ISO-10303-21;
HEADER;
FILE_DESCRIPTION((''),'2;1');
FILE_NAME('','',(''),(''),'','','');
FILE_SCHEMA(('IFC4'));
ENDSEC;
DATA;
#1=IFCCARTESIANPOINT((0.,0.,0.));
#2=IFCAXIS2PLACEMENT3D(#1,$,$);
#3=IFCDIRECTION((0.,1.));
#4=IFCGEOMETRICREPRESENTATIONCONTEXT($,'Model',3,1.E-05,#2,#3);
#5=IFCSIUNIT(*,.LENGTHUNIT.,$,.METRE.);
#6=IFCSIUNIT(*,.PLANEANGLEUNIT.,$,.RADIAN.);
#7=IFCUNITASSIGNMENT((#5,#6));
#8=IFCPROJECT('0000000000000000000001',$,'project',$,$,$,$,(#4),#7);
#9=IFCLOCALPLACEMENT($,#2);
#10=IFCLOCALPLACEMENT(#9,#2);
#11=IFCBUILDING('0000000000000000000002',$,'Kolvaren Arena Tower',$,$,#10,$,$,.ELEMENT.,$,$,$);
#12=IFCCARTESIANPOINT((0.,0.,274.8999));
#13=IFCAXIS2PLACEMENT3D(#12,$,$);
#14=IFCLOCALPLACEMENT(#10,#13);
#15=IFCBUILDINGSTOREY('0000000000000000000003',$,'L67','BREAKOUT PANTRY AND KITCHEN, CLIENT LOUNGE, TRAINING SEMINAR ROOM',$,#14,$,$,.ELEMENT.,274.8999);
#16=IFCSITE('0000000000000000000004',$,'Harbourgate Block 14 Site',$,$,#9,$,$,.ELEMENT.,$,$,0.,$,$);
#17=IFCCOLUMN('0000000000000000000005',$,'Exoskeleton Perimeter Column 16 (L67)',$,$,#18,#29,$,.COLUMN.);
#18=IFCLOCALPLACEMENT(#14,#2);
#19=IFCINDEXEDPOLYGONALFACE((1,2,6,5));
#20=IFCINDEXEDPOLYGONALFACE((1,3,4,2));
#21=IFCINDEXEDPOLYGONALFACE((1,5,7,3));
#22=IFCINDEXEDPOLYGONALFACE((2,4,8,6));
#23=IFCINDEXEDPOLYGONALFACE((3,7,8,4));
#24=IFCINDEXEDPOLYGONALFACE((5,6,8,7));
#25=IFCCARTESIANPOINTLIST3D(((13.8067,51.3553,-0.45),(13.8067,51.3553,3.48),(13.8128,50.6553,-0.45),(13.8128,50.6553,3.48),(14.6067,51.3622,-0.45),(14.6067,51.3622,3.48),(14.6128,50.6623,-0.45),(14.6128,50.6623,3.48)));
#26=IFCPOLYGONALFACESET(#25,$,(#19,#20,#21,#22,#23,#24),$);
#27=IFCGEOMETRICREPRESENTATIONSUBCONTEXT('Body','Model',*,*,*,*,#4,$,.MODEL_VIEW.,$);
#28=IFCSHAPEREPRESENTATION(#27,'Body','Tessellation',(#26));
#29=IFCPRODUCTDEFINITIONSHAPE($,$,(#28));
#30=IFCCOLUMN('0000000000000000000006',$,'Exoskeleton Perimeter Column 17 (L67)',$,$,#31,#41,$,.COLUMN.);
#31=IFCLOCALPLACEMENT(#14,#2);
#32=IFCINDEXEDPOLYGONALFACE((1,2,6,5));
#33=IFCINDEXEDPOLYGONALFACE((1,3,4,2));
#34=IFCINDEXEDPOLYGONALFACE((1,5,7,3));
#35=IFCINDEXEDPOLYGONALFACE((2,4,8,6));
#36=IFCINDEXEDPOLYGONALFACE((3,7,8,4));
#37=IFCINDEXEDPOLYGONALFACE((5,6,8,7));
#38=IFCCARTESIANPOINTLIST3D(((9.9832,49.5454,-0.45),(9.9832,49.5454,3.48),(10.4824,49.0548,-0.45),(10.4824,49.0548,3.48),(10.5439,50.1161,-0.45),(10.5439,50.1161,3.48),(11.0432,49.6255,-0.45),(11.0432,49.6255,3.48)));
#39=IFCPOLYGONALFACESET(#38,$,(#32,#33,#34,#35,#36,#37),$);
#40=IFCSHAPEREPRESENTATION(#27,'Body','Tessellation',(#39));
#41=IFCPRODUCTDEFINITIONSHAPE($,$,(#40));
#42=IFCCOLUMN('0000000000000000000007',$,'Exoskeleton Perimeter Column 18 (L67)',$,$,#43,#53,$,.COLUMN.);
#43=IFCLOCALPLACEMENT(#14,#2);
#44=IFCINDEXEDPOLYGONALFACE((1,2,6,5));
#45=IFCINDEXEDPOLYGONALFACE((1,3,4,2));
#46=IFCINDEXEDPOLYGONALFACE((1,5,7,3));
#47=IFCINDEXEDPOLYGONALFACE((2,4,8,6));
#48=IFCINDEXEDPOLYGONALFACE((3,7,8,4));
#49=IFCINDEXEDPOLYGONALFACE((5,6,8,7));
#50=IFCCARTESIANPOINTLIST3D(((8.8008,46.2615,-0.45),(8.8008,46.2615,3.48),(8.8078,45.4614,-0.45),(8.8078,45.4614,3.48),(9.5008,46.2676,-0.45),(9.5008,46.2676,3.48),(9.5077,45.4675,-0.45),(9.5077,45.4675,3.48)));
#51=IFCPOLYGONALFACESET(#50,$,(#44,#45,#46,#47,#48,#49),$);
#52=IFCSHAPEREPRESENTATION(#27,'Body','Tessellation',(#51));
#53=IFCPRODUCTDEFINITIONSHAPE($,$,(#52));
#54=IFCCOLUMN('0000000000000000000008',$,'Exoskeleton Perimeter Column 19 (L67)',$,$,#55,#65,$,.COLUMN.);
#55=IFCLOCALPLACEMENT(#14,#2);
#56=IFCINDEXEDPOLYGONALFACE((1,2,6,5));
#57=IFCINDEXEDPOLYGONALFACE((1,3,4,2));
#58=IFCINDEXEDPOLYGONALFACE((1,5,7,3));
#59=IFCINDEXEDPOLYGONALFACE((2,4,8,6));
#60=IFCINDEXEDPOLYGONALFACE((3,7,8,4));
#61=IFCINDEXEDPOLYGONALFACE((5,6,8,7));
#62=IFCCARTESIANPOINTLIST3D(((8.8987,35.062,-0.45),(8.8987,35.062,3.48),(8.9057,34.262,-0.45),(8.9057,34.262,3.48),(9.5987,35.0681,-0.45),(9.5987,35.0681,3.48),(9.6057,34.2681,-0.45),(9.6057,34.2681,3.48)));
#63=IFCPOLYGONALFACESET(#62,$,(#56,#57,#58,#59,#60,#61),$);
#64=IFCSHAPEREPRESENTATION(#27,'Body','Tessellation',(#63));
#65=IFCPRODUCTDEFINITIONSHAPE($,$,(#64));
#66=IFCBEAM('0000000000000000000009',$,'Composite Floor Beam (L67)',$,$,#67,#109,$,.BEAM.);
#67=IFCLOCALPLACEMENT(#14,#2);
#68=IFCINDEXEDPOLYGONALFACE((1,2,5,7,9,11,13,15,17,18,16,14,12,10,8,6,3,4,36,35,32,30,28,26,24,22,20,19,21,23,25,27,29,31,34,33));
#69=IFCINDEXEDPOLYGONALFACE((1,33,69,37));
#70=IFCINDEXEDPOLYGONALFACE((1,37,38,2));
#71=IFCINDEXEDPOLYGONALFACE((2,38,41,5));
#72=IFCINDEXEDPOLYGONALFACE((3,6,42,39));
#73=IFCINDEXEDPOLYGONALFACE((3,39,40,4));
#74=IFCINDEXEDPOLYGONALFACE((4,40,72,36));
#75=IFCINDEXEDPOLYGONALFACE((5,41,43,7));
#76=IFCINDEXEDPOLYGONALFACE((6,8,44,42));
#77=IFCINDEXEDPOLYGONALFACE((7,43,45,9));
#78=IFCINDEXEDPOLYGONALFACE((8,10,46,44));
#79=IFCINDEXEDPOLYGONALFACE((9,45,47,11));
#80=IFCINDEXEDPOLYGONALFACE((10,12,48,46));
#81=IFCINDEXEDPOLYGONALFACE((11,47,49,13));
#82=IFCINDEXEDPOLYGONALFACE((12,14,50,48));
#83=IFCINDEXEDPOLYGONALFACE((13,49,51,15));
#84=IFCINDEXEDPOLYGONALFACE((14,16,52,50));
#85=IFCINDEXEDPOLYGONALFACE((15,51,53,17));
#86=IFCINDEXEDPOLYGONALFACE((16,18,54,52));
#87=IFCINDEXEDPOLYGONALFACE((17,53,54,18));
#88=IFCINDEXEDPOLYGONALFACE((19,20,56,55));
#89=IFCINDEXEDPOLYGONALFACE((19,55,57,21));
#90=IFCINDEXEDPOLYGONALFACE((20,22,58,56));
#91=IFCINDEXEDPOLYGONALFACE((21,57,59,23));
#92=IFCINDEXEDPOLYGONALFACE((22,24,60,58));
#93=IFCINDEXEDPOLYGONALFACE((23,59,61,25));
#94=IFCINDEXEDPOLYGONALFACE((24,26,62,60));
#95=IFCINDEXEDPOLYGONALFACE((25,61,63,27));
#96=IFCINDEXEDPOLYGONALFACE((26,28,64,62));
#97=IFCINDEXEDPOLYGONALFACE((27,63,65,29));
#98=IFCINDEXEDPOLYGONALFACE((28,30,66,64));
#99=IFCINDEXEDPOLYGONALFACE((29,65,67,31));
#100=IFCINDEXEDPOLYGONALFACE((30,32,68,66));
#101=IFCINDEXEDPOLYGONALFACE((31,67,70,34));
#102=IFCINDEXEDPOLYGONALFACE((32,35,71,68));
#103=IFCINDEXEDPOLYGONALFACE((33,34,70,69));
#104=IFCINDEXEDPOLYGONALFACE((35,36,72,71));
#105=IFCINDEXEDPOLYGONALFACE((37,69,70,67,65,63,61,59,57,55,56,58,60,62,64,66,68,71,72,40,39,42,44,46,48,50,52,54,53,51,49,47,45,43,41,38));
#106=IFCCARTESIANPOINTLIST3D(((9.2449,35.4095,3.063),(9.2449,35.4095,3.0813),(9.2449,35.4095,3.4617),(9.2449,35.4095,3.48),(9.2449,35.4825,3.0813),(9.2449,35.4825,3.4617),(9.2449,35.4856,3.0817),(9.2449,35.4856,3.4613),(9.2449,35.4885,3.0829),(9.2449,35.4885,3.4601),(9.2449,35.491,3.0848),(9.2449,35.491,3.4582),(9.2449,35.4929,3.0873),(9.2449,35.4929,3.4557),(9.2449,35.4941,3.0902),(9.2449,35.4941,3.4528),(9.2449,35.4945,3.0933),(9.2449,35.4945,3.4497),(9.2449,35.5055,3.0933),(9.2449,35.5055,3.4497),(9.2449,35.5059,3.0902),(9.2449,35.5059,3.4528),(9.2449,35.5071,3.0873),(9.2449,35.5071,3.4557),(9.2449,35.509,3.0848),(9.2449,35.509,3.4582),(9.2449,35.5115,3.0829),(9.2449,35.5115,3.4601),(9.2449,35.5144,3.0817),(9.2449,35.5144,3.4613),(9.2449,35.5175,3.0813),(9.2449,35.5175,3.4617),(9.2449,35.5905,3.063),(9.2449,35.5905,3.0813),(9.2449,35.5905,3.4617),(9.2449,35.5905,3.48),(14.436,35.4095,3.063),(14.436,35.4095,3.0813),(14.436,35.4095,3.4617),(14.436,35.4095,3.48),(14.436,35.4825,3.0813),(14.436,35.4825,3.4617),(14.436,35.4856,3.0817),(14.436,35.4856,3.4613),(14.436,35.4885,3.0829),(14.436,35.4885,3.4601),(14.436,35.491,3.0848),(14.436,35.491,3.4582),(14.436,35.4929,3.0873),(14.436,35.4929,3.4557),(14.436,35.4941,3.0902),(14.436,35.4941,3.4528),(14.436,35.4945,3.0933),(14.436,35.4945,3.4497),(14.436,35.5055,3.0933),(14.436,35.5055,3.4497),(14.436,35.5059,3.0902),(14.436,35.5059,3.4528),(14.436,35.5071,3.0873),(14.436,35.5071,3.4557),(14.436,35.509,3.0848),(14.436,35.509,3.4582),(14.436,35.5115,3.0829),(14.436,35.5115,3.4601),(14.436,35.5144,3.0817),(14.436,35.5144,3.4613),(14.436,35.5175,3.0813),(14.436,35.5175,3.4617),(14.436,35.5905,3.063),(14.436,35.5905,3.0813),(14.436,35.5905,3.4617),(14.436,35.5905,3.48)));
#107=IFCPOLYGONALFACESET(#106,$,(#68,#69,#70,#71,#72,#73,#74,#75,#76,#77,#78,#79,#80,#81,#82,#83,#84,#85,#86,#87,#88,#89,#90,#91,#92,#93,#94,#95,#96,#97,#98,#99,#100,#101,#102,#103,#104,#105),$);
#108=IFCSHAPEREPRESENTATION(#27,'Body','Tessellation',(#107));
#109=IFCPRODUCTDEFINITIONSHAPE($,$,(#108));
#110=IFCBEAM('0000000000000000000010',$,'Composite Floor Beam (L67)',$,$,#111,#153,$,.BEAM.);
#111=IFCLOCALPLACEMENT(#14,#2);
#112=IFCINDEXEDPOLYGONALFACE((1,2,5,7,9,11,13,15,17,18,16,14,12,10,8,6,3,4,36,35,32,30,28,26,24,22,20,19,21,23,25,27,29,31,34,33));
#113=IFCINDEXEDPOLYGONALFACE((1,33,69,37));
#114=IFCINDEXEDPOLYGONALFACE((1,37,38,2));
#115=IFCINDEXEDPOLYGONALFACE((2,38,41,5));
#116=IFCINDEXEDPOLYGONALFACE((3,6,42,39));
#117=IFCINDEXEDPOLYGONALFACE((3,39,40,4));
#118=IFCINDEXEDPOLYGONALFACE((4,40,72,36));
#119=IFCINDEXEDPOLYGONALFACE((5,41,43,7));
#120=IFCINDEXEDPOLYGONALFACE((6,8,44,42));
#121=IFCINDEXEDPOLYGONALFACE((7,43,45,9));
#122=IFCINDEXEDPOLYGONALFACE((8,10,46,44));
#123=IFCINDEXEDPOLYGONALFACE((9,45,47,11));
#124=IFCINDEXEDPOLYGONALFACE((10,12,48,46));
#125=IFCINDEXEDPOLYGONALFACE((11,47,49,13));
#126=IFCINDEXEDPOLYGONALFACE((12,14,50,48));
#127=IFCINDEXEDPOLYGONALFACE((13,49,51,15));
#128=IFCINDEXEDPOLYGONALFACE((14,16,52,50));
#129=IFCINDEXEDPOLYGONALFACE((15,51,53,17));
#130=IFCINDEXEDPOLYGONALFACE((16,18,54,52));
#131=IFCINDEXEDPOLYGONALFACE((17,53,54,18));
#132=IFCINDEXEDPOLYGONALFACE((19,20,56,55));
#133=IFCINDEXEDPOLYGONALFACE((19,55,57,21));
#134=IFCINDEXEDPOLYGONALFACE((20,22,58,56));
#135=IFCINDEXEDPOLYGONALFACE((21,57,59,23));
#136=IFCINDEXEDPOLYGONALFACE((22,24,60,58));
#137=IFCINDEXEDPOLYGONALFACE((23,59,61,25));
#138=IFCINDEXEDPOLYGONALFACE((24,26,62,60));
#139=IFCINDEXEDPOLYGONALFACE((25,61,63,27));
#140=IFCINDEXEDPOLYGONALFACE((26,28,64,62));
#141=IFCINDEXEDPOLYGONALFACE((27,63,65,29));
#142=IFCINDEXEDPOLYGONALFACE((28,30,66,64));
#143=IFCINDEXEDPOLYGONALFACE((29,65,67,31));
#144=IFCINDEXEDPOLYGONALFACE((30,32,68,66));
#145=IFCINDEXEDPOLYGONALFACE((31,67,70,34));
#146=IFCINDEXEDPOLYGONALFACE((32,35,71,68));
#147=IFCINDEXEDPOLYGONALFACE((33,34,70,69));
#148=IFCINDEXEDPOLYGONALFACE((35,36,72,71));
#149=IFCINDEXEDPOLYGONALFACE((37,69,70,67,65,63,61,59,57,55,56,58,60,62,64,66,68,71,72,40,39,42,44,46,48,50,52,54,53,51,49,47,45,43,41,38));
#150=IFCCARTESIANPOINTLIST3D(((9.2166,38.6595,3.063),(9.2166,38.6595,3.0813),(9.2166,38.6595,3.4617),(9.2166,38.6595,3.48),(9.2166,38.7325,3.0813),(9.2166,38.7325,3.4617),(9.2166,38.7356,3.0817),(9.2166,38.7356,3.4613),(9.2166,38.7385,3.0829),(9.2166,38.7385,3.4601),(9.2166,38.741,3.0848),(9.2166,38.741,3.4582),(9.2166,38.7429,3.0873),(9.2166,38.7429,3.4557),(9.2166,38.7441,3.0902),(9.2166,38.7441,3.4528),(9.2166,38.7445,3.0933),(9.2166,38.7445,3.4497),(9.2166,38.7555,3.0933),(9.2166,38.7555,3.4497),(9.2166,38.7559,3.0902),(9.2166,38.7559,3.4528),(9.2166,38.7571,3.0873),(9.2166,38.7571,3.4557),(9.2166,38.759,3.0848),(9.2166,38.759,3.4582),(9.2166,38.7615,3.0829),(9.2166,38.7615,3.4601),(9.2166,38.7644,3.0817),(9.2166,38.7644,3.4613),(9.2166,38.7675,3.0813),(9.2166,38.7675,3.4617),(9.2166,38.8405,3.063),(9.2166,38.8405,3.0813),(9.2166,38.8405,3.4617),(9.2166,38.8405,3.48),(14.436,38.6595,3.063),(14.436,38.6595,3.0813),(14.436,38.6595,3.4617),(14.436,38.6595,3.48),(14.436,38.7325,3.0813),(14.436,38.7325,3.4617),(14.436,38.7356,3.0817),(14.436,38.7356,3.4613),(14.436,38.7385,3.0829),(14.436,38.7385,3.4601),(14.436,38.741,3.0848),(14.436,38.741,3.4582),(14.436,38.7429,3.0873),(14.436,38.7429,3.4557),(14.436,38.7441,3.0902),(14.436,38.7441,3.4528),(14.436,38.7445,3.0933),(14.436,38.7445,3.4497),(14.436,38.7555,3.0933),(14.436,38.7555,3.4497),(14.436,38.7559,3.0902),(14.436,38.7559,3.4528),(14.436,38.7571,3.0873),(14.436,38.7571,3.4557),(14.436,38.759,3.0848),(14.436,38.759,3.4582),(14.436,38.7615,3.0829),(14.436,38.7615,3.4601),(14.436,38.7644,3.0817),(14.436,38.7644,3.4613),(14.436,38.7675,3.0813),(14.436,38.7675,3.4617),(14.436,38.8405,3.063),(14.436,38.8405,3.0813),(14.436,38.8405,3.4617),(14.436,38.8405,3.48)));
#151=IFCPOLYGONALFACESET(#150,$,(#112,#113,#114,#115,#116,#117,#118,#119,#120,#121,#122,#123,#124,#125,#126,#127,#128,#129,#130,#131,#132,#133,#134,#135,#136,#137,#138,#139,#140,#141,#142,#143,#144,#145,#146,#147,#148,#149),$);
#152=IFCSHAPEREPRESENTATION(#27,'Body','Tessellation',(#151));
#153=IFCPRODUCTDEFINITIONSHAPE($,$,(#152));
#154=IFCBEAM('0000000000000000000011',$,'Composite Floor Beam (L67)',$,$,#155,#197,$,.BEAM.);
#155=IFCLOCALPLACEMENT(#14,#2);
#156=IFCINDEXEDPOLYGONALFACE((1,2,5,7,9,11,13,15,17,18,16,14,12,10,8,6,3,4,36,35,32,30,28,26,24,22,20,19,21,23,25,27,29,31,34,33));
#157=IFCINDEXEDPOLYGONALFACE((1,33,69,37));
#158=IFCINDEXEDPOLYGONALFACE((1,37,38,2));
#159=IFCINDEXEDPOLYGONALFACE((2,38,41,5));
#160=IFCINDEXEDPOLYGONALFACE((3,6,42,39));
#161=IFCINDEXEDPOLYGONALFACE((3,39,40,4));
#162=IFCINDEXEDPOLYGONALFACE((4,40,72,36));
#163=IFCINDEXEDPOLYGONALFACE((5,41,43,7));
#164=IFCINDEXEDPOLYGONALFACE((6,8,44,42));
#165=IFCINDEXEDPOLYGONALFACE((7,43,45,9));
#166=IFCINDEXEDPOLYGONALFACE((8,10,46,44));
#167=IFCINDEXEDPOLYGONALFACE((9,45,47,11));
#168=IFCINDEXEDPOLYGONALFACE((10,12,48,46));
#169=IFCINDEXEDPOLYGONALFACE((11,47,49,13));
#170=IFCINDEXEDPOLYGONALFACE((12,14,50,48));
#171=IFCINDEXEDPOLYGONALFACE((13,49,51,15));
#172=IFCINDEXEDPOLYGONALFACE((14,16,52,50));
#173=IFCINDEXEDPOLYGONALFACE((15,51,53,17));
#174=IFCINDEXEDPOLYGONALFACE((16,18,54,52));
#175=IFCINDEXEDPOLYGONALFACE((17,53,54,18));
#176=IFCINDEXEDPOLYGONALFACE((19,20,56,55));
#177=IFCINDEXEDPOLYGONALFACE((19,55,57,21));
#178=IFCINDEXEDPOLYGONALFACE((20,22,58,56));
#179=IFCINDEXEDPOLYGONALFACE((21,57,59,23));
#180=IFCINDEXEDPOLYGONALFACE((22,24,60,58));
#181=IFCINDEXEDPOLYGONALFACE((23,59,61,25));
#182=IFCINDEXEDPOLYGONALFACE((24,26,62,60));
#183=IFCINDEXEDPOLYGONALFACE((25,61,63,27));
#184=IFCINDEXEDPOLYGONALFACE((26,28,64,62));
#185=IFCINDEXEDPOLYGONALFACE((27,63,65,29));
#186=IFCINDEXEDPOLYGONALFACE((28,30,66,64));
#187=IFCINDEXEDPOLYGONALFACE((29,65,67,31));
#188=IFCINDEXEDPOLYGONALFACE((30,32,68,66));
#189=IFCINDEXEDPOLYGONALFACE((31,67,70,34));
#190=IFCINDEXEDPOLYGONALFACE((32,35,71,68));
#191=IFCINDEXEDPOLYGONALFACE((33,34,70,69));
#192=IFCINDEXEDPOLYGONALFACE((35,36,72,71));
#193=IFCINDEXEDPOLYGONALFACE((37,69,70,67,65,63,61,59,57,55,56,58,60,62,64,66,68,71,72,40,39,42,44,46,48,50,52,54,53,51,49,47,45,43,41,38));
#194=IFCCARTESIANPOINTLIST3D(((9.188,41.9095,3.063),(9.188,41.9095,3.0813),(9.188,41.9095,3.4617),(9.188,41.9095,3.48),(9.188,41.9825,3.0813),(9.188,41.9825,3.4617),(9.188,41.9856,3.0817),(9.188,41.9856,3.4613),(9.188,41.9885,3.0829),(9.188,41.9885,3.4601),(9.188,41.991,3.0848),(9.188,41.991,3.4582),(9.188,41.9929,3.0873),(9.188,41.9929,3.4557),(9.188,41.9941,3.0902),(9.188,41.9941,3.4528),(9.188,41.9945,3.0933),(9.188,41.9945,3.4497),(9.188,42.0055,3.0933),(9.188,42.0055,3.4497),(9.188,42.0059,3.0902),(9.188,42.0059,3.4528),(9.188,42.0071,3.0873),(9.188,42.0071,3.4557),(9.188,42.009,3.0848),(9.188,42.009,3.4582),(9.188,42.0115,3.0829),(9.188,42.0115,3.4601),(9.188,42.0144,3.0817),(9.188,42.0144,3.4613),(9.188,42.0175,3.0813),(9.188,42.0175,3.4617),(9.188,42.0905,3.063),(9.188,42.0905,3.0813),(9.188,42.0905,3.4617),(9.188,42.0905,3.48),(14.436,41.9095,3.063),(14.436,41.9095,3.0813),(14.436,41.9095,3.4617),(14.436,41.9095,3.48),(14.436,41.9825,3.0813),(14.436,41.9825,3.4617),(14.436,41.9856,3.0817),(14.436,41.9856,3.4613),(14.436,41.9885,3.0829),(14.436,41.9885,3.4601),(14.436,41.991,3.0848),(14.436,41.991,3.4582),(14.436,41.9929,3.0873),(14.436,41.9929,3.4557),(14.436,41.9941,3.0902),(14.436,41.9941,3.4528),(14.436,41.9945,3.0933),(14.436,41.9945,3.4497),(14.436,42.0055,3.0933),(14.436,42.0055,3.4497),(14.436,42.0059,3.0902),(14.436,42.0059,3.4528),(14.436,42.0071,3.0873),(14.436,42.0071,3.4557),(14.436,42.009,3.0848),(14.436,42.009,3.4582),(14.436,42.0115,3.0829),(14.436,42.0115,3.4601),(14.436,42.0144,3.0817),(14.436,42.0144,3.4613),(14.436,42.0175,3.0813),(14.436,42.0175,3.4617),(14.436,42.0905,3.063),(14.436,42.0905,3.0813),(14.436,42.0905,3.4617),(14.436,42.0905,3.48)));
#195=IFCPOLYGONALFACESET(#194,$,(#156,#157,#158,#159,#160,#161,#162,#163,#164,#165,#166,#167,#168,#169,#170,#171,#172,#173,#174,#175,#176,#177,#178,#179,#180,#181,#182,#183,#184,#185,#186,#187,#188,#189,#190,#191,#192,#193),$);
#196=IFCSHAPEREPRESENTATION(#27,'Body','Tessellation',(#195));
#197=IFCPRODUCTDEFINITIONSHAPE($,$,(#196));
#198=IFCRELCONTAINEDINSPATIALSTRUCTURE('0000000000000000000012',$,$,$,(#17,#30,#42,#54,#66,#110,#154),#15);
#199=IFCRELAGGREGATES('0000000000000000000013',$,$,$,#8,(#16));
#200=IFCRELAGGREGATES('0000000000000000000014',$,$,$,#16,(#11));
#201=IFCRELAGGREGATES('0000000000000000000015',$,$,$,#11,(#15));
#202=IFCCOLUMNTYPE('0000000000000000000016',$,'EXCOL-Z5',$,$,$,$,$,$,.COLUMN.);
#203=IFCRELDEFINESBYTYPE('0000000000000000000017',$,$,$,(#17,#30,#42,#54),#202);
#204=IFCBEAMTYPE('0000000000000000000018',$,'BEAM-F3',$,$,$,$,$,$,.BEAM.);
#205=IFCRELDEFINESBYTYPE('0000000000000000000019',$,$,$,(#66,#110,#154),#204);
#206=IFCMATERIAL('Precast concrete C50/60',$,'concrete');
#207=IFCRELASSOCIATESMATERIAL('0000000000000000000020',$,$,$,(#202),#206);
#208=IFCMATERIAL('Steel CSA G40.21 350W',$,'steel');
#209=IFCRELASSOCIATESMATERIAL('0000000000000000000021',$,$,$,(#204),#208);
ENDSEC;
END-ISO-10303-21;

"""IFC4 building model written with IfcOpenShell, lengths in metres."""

from ifc_helpers import new_model, si_unit, direction, frame, origin, origin_2d, place, context, subcontext, project, spatial, rectangle, i_section, extrude, material, material_profile, profile_set, type_object, element, save


model = new_model("IFC4")

# Units and contexts
model_context = context("Model", 3, precision=1e-05, world=origin(), true_north=direction((0.0, 1.0)))
body_context = subcontext(model_context, "Body", "Model", "MODEL_VIEW")
ifc_project = project(units=[si_unit("LENGTHUNIT", "METRE"), si_unit("PLANEANGLEUNIT", "RADIAN")], contexts=[model_context])

# Site, building, storey
site_placement = place(None, origin())
site = spatial("IfcSite", under=ifc_project, at=site_placement, Name="Harbourgate Block 14 Site", CompositionType="ELEMENT", RefElevation=0.0)
building_placement = place(site_placement, origin())
building = spatial("IfcBuilding", under=site, at=building_placement, Name="Kolvaren Arena Tower", CompositionType="ELEMENT")
storey_placement = place(building_placement, frame((0.0, 0.0, 274.8999)))
storey = spatial("IfcBuildingStorey", under=building, at=storey_placement, Name="L67", Description="BREAKOUT PANTRY AND KITCHEN, CLIENT LOUNGE, TRAINING SEMINAR ROOM", CompositionType="ELEMENT", Elevation=274.8999)

# Columns
ifc_material_1 = material(Name="Precast concrete C50/60", Category="concrete")
ifc_material_profile_1 = material_profile(ifc_material_1, rectangle(XDim=0.8, YDim=0.7, at=origin_2d()), Name="RC-800x700")
ifc_profile_set_1 = profile_set([ifc_material_profile_1], Name="Precast concrete C50/60")
column_type = type_object("IfcColumnType", Name="EXCOL-Z5", PredefinedType="COLUMN", material=ifc_profile_set_1)
for number, where, z_axis, x_axis, name in (
    (1, (14.2097, 51.0088, -0.45), (0.0, 0.0, 1.0), (0.999962, 0.008727, 0.0), "Exoskeleton Perimeter Column 16 (L67)"),
    (2, (10.5132, 49.5854, -0.45), (0.0, 0.0, 1.0), (0.700909, 0.71325, 0.0), "Exoskeleton Perimeter Column 17 (L67)"),
    (3, (9.1543, 45.8645, -0.45), (0.0, 0.0, 1.0), (-0.008727, 0.999962, 0.0), "Exoskeleton Perimeter Column 18 (L67)"),
    (4, (9.2522, 34.665, -0.45), (0.0, 0.0, 1.0), (-0.008727, 0.999962, 0.0), "Exoskeleton Perimeter Column 19 (L67)"),
):
    element("IfcColumn", number, at=place(storey_placement, frame(where, z_axis=z_axis, x_axis=x_axis)), inside=storey, type_object=column_type, Name=name, PredefinedType="COLUMN", context=body_context, shape_type="SweptSolid", body=[
        extrude(rectangle(XDim=0.8, YDim=0.7, at=origin_2d()), origin(), (0.0, 0.0, 1.0), 3.9299),
    ])

# Beams
ifc_material_2 = material(Name="Steel CSA G40.21 350W", Category="steel")
ifc_material_profile_2 = material_profile(ifc_material_2, i_section(OverallWidth=0.1809, OverallDepth=0.417, WebThickness=0.011, FlangeThickness=0.0183, FilletRadius=0.012, at=origin_2d()), Name="W410x85")
ifc_profile_set_2 = profile_set([ifc_material_profile_2], Name="Steel CSA G40.21 350W")
beam_type_1 = type_object("IfcBeamType", Name="BEAM-F3", PredefinedType="BEAM", material=ifc_profile_set_2)
beam_1_placement = place(storey_placement, frame((9.2449, 35.5, 3.2715), z_axis=(1.0, 0.0, 0.0), x_axis=(0.0, 1.0, 0.0)))
element("IfcBeam", 5, at=beam_1_placement, inside=storey, type_object=beam_type_1, Name="Composite Floor Beam (L67)", PredefinedType="BEAM", context=body_context, shape_type="SweptSolid", body=[
    extrude(i_section(OverallWidth=0.1809, OverallDepth=0.417, WebThickness=0.011, FlangeThickness=0.0183, FilletRadius=0.012, at=origin_2d()), origin(), (0.0, 0.0, 1.0), 5.1912),
])
beam_2_placement = place(storey_placement, frame((9.2166, 38.75, 3.2715), z_axis=(1.0, 0.0, 0.0), x_axis=(0.0, 1.0, 0.0)))
element("IfcBeam", 6, at=beam_2_placement, inside=storey, type_object=beam_type_1, Name="Composite Floor Beam (L67)", PredefinedType="BEAM", context=body_context, shape_type="SweptSolid", body=[
    extrude(i_section(OverallWidth=0.1809, OverallDepth=0.417, WebThickness=0.011, FlangeThickness=0.0183, FilletRadius=0.012, at=origin_2d()), origin(), (0.0, 0.0, 1.0), 5.2195),
])
beam_3_placement = place(storey_placement, frame((9.188, 42.0, 3.2715), z_axis=(1.0, 0.0, 0.0), x_axis=(0.0, 1.0, 0.0)))
element("IfcBeam", 7, at=beam_3_placement, inside=storey, type_object=beam_type_1, Name="Composite Floor Beam (L67)", PredefinedType="BEAM", context=body_context, shape_type="SweptSolid", body=[
    extrude(i_section(OverallWidth=0.1809, OverallDepth=0.417, WebThickness=0.011, FlangeThickness=0.0183, FilletRadius=0.012, at=origin_2d()), origin(), (0.0, 0.0, 1.0), 5.248),
])

save(model, "model.ifc")
